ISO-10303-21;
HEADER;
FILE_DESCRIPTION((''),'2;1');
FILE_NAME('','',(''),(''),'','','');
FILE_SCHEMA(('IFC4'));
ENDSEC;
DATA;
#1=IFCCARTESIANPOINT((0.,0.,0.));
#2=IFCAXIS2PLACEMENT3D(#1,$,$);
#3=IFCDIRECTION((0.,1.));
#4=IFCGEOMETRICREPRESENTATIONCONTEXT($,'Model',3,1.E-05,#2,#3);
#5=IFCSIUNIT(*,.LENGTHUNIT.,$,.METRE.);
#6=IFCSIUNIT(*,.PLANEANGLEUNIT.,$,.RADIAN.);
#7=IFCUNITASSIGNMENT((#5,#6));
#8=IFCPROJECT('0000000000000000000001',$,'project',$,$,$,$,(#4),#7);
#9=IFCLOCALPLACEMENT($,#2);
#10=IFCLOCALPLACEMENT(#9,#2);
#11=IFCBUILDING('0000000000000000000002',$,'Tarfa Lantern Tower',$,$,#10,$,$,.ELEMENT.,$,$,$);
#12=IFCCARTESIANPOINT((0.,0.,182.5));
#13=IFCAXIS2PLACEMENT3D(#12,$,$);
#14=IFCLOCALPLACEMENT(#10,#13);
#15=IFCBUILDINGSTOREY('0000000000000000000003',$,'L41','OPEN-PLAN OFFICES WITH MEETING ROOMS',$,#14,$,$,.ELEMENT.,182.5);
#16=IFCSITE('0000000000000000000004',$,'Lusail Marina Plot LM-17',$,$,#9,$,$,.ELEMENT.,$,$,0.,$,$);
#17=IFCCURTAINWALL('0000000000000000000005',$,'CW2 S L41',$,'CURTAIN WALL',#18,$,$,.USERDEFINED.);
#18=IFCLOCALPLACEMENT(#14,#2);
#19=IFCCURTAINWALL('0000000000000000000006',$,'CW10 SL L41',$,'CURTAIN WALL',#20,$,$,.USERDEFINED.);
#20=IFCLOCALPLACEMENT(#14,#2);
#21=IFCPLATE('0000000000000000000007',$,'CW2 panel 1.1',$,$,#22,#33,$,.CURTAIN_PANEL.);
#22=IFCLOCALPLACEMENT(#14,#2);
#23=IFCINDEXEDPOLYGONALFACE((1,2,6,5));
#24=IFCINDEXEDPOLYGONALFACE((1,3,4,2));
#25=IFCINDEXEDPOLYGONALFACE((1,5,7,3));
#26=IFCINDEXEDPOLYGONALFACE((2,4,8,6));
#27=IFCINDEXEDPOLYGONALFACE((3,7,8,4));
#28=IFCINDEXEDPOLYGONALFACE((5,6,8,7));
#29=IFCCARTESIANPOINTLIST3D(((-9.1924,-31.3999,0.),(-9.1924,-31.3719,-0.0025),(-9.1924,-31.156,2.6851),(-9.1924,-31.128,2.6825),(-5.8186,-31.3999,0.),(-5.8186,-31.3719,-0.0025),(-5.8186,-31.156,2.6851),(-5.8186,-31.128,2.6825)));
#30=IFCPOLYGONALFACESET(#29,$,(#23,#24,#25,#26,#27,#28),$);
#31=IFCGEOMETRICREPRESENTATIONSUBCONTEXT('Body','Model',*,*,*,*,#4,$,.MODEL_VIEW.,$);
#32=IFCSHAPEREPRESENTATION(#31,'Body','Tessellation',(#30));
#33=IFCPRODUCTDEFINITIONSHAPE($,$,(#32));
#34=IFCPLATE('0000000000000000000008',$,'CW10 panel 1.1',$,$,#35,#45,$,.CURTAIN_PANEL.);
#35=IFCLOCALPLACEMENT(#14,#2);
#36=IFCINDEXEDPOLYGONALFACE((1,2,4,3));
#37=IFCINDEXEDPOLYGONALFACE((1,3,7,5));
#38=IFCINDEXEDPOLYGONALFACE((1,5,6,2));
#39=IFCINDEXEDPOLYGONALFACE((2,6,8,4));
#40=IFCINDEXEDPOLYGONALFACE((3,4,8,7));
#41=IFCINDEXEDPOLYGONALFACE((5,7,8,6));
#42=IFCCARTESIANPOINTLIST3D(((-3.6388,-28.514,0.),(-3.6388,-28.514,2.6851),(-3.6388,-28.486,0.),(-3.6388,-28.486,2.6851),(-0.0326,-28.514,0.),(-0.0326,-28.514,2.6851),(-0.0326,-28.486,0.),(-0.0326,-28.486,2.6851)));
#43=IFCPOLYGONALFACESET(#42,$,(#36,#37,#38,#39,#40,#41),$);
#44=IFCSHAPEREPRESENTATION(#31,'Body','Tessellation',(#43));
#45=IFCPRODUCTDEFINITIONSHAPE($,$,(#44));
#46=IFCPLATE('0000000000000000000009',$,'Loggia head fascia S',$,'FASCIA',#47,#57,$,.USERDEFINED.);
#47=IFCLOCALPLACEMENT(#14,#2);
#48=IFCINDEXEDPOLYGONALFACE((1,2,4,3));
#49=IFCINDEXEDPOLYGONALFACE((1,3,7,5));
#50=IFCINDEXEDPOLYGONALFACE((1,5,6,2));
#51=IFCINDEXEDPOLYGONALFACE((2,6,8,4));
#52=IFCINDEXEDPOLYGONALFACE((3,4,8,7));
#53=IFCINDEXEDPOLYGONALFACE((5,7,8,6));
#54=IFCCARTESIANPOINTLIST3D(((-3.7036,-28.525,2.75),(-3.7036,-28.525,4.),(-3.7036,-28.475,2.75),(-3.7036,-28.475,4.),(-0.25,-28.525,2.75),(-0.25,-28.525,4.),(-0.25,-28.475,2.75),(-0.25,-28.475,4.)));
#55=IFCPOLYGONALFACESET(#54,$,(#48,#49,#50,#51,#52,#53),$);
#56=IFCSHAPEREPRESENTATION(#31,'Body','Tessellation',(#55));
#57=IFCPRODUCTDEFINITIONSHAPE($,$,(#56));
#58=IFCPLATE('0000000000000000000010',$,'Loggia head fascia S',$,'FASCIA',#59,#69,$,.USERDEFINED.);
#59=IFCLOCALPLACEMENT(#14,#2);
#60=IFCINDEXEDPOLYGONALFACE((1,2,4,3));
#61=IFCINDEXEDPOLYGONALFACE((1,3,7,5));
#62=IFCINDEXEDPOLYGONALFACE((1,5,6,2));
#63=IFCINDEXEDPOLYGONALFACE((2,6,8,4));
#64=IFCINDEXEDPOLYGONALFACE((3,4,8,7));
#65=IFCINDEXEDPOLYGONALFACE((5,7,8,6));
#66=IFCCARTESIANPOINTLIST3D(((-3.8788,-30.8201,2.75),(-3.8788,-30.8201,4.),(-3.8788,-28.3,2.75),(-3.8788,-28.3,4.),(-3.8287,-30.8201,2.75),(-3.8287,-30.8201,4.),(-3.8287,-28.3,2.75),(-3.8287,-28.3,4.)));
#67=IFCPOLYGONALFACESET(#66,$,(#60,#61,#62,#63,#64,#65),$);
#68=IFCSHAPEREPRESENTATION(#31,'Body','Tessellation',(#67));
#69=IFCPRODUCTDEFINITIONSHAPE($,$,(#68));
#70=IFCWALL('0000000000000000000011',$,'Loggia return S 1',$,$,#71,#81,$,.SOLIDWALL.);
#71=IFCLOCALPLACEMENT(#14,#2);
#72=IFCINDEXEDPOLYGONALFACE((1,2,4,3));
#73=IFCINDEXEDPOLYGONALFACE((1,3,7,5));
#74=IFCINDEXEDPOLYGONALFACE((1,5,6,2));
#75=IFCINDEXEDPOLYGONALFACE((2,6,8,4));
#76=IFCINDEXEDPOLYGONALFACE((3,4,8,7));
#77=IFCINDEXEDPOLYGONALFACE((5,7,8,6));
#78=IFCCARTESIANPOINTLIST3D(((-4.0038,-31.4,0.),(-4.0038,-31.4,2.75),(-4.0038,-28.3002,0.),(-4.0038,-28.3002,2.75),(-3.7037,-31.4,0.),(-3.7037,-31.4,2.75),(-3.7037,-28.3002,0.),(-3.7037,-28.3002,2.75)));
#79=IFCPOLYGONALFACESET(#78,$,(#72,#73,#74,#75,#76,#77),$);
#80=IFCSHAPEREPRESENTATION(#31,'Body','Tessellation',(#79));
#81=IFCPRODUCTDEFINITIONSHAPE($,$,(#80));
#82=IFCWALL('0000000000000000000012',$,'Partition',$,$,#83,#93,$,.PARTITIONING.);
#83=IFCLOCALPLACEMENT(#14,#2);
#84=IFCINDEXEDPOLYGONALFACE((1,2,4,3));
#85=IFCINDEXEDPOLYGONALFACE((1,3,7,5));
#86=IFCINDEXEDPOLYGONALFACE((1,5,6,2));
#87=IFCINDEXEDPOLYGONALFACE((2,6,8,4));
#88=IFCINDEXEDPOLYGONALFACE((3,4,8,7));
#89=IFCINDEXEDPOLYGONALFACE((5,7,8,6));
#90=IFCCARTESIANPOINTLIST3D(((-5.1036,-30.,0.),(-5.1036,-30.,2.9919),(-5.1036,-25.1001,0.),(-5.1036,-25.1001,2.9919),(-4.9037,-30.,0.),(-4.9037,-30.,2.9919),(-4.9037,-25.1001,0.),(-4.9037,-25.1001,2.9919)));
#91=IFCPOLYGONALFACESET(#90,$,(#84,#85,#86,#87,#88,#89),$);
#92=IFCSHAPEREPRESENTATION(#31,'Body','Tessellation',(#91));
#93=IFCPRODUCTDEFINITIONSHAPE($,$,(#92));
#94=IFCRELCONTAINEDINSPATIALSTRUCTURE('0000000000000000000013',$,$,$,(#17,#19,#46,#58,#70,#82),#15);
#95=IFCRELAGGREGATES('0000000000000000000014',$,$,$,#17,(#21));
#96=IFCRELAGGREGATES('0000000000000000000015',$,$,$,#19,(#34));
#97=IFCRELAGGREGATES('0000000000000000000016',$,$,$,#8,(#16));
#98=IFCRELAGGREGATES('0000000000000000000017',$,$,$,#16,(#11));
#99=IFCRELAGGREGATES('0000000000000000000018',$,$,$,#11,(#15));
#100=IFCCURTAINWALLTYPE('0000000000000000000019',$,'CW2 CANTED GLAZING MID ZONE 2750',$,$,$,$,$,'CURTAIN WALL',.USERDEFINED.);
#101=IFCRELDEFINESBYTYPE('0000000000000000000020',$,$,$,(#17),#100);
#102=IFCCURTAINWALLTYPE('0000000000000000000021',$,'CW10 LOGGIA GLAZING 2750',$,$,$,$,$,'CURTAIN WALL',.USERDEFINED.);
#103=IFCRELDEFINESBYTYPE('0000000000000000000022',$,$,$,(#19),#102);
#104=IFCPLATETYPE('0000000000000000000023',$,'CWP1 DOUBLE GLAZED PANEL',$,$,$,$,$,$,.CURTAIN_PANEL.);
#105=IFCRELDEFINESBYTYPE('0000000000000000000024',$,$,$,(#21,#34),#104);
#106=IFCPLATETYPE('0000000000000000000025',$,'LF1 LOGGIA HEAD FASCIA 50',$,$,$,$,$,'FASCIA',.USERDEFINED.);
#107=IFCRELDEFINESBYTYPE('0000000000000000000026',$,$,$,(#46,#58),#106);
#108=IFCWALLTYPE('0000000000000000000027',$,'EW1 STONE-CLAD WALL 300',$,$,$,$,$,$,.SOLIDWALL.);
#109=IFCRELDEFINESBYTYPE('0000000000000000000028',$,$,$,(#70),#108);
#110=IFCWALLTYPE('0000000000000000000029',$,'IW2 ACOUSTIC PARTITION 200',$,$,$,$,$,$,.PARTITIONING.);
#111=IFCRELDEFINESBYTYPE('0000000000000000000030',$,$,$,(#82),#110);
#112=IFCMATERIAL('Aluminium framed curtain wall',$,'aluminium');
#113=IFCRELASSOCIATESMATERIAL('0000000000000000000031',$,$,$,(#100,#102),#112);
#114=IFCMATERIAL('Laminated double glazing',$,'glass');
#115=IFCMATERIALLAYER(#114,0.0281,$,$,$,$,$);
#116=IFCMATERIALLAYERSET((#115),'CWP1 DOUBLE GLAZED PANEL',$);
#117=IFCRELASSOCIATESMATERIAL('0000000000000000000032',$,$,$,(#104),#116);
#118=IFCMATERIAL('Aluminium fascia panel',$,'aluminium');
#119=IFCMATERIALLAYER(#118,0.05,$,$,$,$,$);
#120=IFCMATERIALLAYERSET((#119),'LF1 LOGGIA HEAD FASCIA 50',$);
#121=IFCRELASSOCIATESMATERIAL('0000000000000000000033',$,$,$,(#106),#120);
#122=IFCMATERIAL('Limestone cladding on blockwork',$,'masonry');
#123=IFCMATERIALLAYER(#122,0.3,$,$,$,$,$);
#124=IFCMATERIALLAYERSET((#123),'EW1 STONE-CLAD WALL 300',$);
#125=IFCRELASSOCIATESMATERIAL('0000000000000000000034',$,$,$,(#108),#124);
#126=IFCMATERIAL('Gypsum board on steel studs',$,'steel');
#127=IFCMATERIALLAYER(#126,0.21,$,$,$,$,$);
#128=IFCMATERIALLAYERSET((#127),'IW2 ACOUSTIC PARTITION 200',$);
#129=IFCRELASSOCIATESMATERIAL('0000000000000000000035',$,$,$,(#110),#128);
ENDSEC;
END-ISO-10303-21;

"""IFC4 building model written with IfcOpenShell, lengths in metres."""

from ifc_helpers import new_model, si_unit, direction, frame, frame_2d, origin, origin_2d, place, context, subcontext, project, spatial, polyline, rectangle, outline, extrude, material, layer, layer_set, type_object, element, aggregate, save


model = new_model("IFC4")

# Units and contexts
model_context = context("Model", 3, precision=1e-05, world=origin(), true_north=direction((0.0, 1.0)))
body_context = subcontext(model_context, "Body", "Model", "MODEL_VIEW")
ifc_project = project(units=[si_unit("LENGTHUNIT", "METRE"), si_unit("PLANEANGLEUNIT", "RADIAN")], contexts=[model_context])

# Site, building, storey
site_placement = place(None, origin())
site = spatial("IfcSite", under=ifc_project, at=site_placement, Name="Lusail Marina Plot LM-17", CompositionType="ELEMENT", RefElevation=0.0)
building_placement = place(site_placement, origin())
building = spatial("IfcBuilding", under=site, at=building_placement, Name="Tarfa Lantern Tower", CompositionType="ELEMENT")
storey_placement = place(building_placement, frame((0.0, 0.0, 182.5)))
storey = spatial("IfcBuildingStorey", under=building, at=storey_placement, Name="L41", Description="OPEN-PLAN OFFICES WITH MEETING ROOMS", CompositionType="ELEMENT", Elevation=182.5)

# Shared definitions
ifc_material_1 = material(Name="Aluminium framed curtain wall", Category="aluminium")
curtain_wall_type_1 = type_object("IfcCurtainWallType", Name="CW2 CANTED GLAZING MID ZONE 2750", ElementType="CURTAIN WALL", PredefinedType="USERDEFINED", material=ifc_material_1)

# Curtain walls
curtain_wall_1_placement = place(storey_placement, origin())
curtain_wall_1 = element("IfcCurtainWall", 1, at=curtain_wall_1_placement, inside=storey, type_object=curtain_wall_type_1, Name="CW2 S L41", ObjectType="CURTAIN WALL", PredefinedType="USERDEFINED")
curtain_wall_type_2 = type_object("IfcCurtainWallType", Name="CW10 LOGGIA GLAZING 2750", ElementType="CURTAIN WALL", PredefinedType="USERDEFINED", material=ifc_material_1)
curtain_wall_2_placement = place(storey_placement, origin())
curtain_wall_2 = element("IfcCurtainWall", 2, at=curtain_wall_2_placement, inside=storey, type_object=curtain_wall_type_2, Name="CW10 SL L41", ObjectType="CURTAIN WALL", PredefinedType="USERDEFINED")

# Plates
ifc_material_2 = material(Name="Laminated double glazing", Category="glass")
ifc_layer_1 = layer(ifc_material_2, 0.0281)
ifc_layer_set_1 = layer_set([ifc_layer_1], Name="CWP1 DOUBLE GLAZED PANEL")
plate_type_1 = type_object("IfcPlateType", Name="CWP1 DOUBLE GLAZED PANEL", PredefinedType="CURTAIN_PANEL", material=ifc_layer_set_1)
plate_1_placement = place(storey_placement, frame((-9.1924, -31.3999, 0.0), z_axis=(0.0, -0.9959, 0.090462), x_axis=(1.0, 0.0, 0.0)))
plate_1 = element("IfcPlate", 3, at=plate_1_placement, type_object=plate_type_1, Name="CW2 panel 1.1", PredefinedType="CURTAIN_PANEL", context=body_context, shape_type="SweptSolid", body=[
    extrude(outline(polyline([(0.0, 0.0), (3.3738, 0.0), (3.3738, 2.6961), (0.0, 2.6961), (0.0, 0.0)])), origin(), (0.0, 0.0, -1.0), 0.0281),
])
aggregate(curtain_wall_1, [plate_1])
plate_2_placement = place(storey_placement, frame((-1.8357, -28.5, 0.0), z_axis=(0.0, 0.0, 1.0), x_axis=(1.0, 0.0, 0.0)))
plate_2 = element("IfcPlate", 4, at=plate_2_placement, type_object=plate_type_1, Name="CW10 panel 1.1", PredefinedType="CURTAIN_PANEL", context=body_context, shape_type="SweptSolid", body=[
    extrude(rectangle(XDim=3.6062, YDim=0.0281, at=origin_2d()), origin(), (0.0, 0.0, 1.0), 2.6851),
])
aggregate(curtain_wall_2, [plate_2])

# Plates
ifc_material_3 = material(Name="Aluminium fascia panel", Category="aluminium")
ifc_layer_2 = layer(ifc_material_3, 0.05)
ifc_layer_set_2 = layer_set([ifc_layer_2], Name="LF1 LOGGIA HEAD FASCIA 50")
plate_type_2 = type_object("IfcPlateType", Name="LF1 LOGGIA HEAD FASCIA 50", ElementType="FASCIA", PredefinedType="USERDEFINED", material=ifc_layer_set_2)
plate_3_placement = place(storey_placement, frame((-1.9768, -28.5, 2.75), z_axis=(0.0, 0.0, 1.0), x_axis=(1.0, 0.0, 0.0)))
element("IfcPlate", 5, at=plate_3_placement, inside=storey, type_object=plate_type_2, Name="Loggia head fascia S", ObjectType="FASCIA", PredefinedType="USERDEFINED", context=body_context, shape_type="SweptSolid", body=[
    extrude(rectangle(XDim=3.4536, YDim=0.05, at=origin_2d()), origin(), (0.0, 0.0, 1.0), 1.25),
])
plate_4_placement = place(storey_placement, frame((-3.8538, -29.5601, 2.75), z_axis=(0.0, 0.0, 1.0), x_axis=(0.0, 1.0, 0.0)))
element("IfcPlate", 6, at=plate_4_placement, inside=storey, type_object=plate_type_2, Name="Loggia head fascia S", ObjectType="FASCIA", PredefinedType="USERDEFINED", context=body_context, shape_type="SweptSolid", body=[
    extrude(rectangle(XDim=2.52, YDim=0.05, at=origin_2d()), origin(), (0.0, 0.0, 1.0), 1.25),
])

# Walls
ifc_material_4 = material(Name="Limestone cladding on blockwork", Category="masonry")
ifc_layer_3 = layer(ifc_material_4, 0.3)
ifc_layer_set_3 = layer_set([ifc_layer_3], Name="EW1 STONE-CLAD WALL 300")
wall_type_1 = type_object("IfcWallType", Name="EW1 STONE-CLAD WALL 300", PredefinedType="SOLIDWALL", material=ifc_layer_set_3)
wall_1_placement = place(storey_placement, frame((-3.8538, -31.3999, 0.0), z_axis=(0.0, 0.0, 1.0), x_axis=(0.0, 1.0, 0.0)))
element("IfcWall", 7, at=wall_1_placement, inside=storey, type_object=wall_type_1, Name="Loggia return S 1", PredefinedType="SOLIDWALL", context=body_context, shape_type="SweptSolid", body=[
    extrude(rectangle(XDim=3.0999, YDim=0.3, at=frame_2d((1.5498, 0.0))), origin(), (0.0, 0.0, 1.0), 2.75),
])
ifc_material_5 = material(Name="Gypsum board on steel studs", Category="steel")
ifc_layer_4 = layer(ifc_material_5, 0.21)
ifc_layer_set_4 = layer_set([ifc_layer_4], Name="IW2 ACOUSTIC PARTITION 200")
wall_type_2 = type_object("IfcWallType", Name="IW2 ACOUSTIC PARTITION 200", PredefinedType="PARTITIONING", material=ifc_layer_set_4)
wall_2_placement = place(storey_placement, frame((-5.0037, -25.1001, 0.0), z_axis=(0.0, 0.0, 1.0), x_axis=(0.0, -1.0, 0.0)))
element("IfcWall", 8, at=wall_2_placement, inside=storey, type_object=wall_type_2, Name="Partition", PredefinedType="PARTITIONING", context=body_context, shape_type="SweptSolid", body=[
    extrude(rectangle(XDim=4.8999, YDim=0.2, at=frame_2d((2.45, 0.0))), origin(), (0.0, 0.0, 1.0), 2.9919),
])

save(model, "model.ifc")
